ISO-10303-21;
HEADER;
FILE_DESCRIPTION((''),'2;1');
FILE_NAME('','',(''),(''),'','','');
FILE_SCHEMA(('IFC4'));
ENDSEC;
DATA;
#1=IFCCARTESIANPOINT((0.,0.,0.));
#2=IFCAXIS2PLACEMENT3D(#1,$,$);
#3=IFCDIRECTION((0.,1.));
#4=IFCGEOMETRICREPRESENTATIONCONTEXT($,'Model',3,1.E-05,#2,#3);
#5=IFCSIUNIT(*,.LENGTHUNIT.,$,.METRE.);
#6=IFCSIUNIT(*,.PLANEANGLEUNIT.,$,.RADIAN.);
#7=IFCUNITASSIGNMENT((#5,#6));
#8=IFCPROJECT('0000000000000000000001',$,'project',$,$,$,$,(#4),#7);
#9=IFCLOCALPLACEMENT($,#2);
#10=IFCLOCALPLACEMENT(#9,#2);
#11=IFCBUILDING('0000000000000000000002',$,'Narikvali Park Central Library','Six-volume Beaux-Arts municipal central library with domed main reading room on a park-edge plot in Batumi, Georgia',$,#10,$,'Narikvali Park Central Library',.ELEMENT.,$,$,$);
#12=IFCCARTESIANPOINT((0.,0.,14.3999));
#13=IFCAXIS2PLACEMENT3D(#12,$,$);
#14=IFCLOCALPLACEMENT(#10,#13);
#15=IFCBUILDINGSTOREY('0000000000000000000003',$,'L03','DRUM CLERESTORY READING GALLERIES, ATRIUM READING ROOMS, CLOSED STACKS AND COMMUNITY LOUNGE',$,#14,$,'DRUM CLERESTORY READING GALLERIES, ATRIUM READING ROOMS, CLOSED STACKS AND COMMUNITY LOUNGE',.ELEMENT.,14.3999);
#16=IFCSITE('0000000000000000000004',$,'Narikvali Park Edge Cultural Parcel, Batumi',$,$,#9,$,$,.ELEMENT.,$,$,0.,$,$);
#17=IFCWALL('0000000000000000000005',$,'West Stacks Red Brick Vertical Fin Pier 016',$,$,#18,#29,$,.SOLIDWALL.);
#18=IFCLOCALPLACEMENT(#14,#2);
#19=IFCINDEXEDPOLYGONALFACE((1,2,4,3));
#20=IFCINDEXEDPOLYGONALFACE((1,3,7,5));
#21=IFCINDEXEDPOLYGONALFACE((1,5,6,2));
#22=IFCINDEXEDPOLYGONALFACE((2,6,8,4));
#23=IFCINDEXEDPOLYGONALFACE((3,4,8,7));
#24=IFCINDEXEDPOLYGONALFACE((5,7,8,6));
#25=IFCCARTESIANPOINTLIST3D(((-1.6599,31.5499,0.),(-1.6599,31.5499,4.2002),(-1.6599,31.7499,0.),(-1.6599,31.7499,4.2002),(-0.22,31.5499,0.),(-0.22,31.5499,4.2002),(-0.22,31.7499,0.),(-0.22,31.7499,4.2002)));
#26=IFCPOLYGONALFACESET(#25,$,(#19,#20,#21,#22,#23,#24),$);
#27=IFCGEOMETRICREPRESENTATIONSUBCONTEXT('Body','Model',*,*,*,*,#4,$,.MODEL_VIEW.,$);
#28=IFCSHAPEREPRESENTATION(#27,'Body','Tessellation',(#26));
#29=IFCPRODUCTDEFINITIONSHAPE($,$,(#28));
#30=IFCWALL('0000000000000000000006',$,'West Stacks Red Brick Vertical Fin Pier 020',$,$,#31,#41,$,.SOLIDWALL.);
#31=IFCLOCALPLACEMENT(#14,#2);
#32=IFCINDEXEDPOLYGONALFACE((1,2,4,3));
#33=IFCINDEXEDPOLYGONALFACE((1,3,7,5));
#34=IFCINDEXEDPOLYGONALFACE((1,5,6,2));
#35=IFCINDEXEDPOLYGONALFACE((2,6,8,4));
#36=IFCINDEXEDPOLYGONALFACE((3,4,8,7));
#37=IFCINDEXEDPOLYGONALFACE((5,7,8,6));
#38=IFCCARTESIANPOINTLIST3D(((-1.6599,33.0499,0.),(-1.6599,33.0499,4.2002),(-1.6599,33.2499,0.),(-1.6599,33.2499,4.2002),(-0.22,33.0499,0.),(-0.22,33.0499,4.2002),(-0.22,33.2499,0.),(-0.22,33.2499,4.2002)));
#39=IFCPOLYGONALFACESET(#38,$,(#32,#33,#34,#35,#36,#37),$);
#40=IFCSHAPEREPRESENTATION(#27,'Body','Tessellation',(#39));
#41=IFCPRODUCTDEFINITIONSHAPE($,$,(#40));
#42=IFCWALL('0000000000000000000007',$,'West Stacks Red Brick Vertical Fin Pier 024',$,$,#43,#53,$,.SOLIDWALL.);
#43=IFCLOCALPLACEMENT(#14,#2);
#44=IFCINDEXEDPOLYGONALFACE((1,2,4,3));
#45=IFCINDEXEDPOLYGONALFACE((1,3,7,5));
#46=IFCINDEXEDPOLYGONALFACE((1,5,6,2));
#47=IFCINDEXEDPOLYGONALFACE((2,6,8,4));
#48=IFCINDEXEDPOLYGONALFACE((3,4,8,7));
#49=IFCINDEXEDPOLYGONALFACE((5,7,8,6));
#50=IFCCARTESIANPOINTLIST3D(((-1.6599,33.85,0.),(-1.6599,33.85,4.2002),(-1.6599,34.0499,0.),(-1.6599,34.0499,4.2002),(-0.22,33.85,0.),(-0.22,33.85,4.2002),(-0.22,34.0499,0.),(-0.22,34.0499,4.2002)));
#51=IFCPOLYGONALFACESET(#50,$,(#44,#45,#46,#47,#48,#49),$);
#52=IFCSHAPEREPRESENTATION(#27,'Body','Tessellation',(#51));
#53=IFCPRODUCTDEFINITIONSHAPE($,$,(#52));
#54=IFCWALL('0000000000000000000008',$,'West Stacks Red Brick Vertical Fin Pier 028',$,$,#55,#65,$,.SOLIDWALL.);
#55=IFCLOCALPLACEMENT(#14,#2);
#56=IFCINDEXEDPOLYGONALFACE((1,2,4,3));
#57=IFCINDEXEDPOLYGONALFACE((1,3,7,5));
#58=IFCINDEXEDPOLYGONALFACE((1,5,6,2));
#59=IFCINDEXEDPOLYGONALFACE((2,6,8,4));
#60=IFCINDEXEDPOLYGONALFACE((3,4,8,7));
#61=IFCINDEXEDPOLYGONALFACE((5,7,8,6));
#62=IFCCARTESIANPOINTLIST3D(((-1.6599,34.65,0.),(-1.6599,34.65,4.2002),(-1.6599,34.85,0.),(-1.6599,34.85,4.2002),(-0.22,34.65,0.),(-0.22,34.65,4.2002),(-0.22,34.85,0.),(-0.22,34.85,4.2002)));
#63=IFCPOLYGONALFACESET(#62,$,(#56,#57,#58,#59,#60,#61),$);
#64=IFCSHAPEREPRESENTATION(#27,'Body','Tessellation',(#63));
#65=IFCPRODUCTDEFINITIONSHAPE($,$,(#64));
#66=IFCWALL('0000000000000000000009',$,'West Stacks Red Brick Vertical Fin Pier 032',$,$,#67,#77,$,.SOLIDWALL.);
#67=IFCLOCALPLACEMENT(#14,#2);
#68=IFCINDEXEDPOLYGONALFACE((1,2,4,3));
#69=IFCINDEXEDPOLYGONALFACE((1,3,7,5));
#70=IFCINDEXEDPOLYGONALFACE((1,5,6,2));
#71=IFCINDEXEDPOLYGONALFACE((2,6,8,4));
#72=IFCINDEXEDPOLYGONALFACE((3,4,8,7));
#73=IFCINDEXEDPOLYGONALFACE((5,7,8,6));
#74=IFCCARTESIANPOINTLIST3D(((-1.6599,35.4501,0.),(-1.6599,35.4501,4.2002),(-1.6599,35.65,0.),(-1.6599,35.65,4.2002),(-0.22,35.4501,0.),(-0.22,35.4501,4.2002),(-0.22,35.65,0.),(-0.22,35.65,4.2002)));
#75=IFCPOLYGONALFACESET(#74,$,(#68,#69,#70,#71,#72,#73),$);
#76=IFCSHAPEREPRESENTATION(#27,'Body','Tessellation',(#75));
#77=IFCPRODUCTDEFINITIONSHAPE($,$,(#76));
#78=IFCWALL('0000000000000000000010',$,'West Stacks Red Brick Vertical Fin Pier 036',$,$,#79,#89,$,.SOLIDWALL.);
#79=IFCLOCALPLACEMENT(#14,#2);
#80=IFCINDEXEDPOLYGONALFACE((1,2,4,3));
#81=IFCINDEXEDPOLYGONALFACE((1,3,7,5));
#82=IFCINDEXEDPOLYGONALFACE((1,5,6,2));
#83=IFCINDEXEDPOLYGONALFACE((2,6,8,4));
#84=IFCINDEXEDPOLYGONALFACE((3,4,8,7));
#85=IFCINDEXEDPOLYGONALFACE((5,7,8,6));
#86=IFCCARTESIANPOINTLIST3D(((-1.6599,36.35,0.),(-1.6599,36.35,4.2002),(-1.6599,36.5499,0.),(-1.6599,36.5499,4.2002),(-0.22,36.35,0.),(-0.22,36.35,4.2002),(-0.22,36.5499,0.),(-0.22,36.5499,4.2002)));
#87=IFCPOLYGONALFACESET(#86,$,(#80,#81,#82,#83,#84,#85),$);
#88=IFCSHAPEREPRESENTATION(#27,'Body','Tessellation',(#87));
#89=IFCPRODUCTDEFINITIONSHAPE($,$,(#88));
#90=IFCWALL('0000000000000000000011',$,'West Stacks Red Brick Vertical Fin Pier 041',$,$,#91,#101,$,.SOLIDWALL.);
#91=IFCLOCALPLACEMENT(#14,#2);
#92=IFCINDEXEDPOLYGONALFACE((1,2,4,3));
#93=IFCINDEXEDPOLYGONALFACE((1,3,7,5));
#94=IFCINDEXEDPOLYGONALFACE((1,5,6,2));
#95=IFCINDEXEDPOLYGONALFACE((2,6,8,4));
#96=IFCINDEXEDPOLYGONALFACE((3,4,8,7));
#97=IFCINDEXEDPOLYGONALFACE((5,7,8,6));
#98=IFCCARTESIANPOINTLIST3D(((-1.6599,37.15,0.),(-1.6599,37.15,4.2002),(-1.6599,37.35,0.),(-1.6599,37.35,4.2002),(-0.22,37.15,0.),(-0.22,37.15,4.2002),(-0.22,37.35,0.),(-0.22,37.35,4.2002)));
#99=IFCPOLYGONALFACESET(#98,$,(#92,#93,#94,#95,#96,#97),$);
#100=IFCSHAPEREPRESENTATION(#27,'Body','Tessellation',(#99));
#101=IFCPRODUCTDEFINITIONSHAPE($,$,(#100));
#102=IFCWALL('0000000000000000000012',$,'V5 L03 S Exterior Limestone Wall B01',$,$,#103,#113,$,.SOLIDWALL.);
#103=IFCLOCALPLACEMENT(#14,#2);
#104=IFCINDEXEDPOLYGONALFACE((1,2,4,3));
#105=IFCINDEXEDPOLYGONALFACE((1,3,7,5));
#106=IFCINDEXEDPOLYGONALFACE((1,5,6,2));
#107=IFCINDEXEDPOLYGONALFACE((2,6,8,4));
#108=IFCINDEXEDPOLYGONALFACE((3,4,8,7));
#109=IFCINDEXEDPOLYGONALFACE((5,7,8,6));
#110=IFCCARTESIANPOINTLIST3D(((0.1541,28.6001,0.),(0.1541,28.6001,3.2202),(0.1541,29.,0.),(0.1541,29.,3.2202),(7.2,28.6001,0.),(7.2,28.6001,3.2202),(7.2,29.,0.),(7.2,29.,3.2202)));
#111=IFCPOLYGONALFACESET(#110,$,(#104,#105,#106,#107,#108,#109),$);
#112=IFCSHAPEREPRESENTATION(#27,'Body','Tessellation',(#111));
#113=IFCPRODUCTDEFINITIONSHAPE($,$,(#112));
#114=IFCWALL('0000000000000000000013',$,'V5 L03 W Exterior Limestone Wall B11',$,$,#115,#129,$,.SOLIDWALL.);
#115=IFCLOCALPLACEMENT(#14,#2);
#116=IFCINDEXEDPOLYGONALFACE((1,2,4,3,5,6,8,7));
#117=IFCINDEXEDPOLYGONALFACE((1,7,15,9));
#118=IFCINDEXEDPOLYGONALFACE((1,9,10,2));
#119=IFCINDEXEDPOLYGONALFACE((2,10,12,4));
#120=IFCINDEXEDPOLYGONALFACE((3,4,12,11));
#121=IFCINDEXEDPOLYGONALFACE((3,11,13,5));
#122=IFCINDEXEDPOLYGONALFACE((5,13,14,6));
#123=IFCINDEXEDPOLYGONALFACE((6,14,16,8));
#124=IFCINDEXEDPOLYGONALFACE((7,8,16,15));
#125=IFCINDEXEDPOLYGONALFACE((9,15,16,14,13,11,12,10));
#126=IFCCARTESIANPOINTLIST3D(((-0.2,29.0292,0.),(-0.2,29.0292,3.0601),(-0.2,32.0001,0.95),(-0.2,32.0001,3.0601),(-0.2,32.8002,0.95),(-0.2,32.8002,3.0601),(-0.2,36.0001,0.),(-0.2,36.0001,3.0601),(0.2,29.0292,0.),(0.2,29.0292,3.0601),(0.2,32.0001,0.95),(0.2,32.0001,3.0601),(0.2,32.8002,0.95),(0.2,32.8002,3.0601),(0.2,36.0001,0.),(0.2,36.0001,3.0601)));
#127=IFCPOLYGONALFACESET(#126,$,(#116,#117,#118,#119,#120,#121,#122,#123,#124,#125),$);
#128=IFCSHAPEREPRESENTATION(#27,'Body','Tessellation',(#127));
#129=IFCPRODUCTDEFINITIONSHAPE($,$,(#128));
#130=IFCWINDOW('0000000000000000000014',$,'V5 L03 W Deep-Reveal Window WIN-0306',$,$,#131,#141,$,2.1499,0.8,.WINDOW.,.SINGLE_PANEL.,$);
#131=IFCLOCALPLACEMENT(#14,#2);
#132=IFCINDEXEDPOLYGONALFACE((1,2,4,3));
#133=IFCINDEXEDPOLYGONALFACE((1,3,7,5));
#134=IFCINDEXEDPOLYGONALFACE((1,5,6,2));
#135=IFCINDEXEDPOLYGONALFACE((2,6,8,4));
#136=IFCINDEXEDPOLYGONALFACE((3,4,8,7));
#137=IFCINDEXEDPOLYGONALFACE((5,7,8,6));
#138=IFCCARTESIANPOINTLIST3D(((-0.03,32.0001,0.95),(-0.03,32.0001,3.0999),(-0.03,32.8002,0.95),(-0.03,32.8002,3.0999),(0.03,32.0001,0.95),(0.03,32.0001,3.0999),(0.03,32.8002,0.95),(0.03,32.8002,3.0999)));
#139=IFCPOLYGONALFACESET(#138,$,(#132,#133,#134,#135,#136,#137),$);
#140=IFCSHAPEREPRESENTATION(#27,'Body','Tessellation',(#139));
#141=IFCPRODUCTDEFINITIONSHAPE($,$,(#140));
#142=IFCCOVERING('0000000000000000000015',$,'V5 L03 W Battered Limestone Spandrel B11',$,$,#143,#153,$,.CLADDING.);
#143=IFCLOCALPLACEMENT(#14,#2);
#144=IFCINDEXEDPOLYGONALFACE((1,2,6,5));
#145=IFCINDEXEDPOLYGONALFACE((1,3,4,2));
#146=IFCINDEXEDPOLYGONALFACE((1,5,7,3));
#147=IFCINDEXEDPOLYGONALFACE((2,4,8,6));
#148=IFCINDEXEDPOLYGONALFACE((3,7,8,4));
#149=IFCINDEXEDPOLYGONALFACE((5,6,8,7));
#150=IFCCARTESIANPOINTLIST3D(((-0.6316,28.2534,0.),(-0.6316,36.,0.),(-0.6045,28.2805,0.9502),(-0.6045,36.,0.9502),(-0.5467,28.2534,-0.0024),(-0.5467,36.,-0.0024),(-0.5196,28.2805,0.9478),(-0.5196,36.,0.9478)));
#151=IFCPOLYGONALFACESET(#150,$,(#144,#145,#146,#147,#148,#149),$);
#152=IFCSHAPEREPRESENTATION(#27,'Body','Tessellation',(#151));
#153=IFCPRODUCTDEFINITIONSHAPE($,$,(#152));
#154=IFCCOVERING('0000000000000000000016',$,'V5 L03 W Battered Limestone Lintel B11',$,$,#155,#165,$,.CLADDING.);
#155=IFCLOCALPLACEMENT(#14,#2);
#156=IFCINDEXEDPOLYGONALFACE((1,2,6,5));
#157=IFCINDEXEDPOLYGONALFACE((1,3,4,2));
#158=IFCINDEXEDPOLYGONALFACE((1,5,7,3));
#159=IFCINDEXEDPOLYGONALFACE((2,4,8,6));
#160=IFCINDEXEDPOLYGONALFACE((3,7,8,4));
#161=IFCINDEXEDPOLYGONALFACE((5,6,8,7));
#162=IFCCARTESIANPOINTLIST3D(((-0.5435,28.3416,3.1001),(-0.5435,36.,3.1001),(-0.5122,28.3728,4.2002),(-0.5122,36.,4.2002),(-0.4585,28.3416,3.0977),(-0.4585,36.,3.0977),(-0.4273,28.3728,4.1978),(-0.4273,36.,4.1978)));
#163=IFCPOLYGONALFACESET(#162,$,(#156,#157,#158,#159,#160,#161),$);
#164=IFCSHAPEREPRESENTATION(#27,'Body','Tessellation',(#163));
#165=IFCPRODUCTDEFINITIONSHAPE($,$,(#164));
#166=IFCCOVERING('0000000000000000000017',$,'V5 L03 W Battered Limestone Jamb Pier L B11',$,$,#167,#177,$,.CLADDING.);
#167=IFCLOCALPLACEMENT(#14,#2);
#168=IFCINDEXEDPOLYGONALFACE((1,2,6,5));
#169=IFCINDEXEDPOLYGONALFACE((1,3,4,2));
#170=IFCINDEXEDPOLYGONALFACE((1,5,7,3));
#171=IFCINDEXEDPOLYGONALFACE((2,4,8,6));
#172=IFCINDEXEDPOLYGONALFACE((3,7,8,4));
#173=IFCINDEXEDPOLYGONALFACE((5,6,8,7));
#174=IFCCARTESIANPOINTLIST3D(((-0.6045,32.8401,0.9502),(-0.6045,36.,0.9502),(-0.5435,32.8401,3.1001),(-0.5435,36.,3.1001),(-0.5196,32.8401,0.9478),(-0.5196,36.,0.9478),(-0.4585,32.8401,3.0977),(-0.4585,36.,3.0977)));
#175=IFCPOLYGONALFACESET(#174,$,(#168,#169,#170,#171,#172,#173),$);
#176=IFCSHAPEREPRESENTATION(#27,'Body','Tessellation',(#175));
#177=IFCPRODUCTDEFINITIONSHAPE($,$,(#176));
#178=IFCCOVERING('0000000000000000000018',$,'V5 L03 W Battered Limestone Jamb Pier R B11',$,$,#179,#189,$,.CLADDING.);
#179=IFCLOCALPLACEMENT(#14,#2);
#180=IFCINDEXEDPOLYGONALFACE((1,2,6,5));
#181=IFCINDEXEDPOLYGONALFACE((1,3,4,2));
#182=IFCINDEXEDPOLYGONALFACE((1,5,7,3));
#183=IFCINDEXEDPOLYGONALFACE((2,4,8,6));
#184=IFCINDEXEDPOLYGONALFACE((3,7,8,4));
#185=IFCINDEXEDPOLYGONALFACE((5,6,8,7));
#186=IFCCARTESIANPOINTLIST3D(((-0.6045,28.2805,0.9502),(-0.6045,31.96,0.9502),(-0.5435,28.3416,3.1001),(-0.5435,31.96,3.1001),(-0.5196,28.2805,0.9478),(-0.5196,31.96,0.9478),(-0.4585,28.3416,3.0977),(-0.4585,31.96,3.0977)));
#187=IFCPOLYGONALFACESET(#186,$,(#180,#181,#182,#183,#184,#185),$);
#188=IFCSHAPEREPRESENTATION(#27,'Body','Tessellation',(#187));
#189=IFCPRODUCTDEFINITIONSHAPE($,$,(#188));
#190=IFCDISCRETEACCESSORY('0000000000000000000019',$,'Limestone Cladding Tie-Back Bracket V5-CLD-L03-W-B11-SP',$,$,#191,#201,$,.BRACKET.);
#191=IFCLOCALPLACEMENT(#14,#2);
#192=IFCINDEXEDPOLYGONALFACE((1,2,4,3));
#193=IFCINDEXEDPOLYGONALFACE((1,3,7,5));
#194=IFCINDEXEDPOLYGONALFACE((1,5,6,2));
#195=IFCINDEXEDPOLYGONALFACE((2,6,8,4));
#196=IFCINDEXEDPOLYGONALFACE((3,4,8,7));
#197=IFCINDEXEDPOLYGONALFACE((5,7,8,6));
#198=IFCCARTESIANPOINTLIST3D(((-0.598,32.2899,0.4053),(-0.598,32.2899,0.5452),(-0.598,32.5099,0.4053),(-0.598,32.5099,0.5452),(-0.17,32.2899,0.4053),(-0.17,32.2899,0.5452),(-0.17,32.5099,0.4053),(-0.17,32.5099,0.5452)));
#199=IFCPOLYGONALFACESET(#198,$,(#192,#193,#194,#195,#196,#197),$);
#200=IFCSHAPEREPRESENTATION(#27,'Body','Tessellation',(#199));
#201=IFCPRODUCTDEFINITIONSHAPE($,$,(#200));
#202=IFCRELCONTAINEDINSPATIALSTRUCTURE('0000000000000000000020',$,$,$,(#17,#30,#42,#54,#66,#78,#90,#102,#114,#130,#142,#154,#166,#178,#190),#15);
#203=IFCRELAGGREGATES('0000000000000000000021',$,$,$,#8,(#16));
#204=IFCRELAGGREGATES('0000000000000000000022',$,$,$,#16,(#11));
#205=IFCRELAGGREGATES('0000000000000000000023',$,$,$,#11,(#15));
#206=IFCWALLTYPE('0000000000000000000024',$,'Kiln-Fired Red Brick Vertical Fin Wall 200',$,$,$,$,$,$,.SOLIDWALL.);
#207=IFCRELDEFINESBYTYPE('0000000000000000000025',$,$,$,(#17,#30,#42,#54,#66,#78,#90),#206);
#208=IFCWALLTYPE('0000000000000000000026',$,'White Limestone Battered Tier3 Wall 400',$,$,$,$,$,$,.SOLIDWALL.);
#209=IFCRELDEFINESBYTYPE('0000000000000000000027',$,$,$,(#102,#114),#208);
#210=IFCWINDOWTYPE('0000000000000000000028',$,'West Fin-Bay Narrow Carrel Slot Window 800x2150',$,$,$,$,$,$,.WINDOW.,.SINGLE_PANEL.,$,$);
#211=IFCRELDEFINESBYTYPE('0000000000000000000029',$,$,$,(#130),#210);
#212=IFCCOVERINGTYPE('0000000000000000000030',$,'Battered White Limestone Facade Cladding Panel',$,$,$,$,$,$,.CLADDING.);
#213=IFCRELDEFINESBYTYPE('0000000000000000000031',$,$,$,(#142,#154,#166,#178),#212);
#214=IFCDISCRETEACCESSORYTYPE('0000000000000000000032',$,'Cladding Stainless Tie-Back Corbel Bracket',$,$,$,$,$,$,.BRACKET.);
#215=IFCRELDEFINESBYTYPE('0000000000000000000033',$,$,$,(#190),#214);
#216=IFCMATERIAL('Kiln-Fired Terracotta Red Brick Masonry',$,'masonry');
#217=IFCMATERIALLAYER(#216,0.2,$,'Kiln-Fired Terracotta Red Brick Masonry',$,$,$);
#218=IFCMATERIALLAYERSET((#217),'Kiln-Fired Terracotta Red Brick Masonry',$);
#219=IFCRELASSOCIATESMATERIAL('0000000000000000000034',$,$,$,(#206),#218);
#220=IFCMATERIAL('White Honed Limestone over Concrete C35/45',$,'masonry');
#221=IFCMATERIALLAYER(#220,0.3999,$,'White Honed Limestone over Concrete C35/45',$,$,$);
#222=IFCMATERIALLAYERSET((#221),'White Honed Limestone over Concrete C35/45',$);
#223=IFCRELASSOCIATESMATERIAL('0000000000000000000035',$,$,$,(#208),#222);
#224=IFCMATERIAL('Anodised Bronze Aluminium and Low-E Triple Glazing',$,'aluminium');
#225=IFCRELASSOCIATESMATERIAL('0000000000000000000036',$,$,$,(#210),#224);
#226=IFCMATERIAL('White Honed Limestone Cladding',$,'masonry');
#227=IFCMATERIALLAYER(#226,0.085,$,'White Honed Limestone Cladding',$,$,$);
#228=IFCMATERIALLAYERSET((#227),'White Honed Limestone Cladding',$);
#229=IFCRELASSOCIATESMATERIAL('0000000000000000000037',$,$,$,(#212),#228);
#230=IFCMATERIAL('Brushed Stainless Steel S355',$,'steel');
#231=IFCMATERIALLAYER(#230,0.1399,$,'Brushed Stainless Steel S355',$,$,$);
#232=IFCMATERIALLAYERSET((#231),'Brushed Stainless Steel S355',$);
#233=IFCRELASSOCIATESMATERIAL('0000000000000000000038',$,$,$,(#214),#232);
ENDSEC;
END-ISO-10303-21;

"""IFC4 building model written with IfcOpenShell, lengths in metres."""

from ifc_helpers import new_model, si_unit, direction, frame, frame_2d, origin, origin_2d, place, context, subcontext, project, spatial, polyline, rectangle, outline, extrude, material, layer, layer_set, type_object, element, fill, save


model = new_model("IFC4")

# Units and contexts
model_context = context("Model", 3, precision=1e-05, world=origin(), true_north=direction((0.0, 1.0)))
body_context = subcontext(model_context, "Body", "Model", "MODEL_VIEW")
ifc_project = project(units=[si_unit("LENGTHUNIT", "METRE"), si_unit("PLANEANGLEUNIT", "RADIAN")], contexts=[model_context])

# Site, building, storey
site_placement = place(None, origin())
site = spatial("IfcSite", under=ifc_project, at=site_placement, Name="Narikvali Park Edge Cultural Parcel, Batumi", CompositionType="ELEMENT", RefElevation=0.0)
building_placement = place(site_placement, origin())
building = spatial("IfcBuilding", under=site, at=building_placement, Name="Narikvali Park Central Library", Description="Six-volume Beaux-Arts municipal central library with domed main reading room on a park-edge plot in Batumi, Georgia", LongName="Narikvali Park Central Library", CompositionType="ELEMENT")
storey_placement = place(building_placement, frame((0.0, 0.0, 14.3999)))
storey = spatial("IfcBuildingStorey", under=building, at=storey_placement, Name="L03", Description="DRUM CLERESTORY READING GALLERIES, ATRIUM READING ROOMS, CLOSED STACKS AND COMMUNITY LOUNGE", LongName="DRUM CLERESTORY READING GALLERIES, ATRIUM READING ROOMS, CLOSED STACKS AND COMMUNITY LOUNGE", CompositionType="ELEMENT", Elevation=14.3999)

# Walls
ifc_material_1 = material(Name="Kiln-Fired Terracotta Red Brick Masonry", Category="masonry")
ifc_layer_1 = layer(ifc_material_1, 0.2, Name="Kiln-Fired Terracotta Red Brick Masonry")
ifc_layer_set_1 = layer_set([ifc_layer_1], Name="Kiln-Fired Terracotta Red Brick Masonry")
wall_type_1 = type_object("IfcWallType", Name="Kiln-Fired Red Brick Vertical Fin Wall 200", PredefinedType="SOLIDWALL", material=ifc_layer_set_1)
for number, where, z_axis, x_axis, name in (
    (1, (-1.6599, 31.6499, 0.0), (0.0, 0.0, 1.0), (1.0, 0.0, 0.0), "West Stacks Red Brick Vertical Fin Pier 016"),
    (2, (-1.6599, 33.1499, 0.0), (0.0, 0.0, 1.0), (1.0, 0.0, 0.0), "West Stacks Red Brick Vertical Fin Pier 020"),
    (3, (-1.6599, 33.95, 0.0), (0.0, 0.0, 1.0), (1.0, 0.0, 0.0), "West Stacks Red Brick Vertical Fin Pier 024"),
    (4, (-1.6599, 34.75, 0.0), (0.0, 0.0, 1.0), (1.0, 0.0, 0.0), "West Stacks Red Brick Vertical Fin Pier 028"),
    (5, (-1.6599, 35.55, 0.0), (0.0, 0.0, 1.0), (1.0, 0.0, 0.0), "West Stacks Red Brick Vertical Fin Pier 032"),
    (6, (-1.6599, 36.45, 0.0), (0.0, 0.0, 1.0), (1.0, 0.0, 0.0), "West Stacks Red Brick Vertical Fin Pier 036"),
    (7, (-1.6599, 37.25, 0.0), (0.0, 0.0, 1.0), (1.0, 0.0, 0.0), "West Stacks Red Brick Vertical Fin Pier 041"),
):
    element("IfcWall", number, at=place(storey_placement, frame(where, z_axis=z_axis, x_axis=x_axis)), inside=storey, type_object=wall_type_1, Name=name, PredefinedType="SOLIDWALL", context=body_context, shape_type="SweptSolid", body=[
        extrude(rectangle(XDim=1.4399, YDim=0.2, at=frame_2d((0.72, 0.0))), origin(), (0.0, 0.0, 1.0), 4.2002),
    ])
ifc_material_2 = material(Name="White Honed Limestone over Concrete C35/45", Category="masonry")
ifc_layer_2 = layer(ifc_material_2, 0.3999, Name="White Honed Limestone over Concrete C35/45")
ifc_layer_set_2 = layer_set([ifc_layer_2], Name="White Honed Limestone over Concrete C35/45")
wall_type_2 = type_object("IfcWallType", Name="White Limestone Battered Tier3 Wall 400", PredefinedType="SOLIDWALL", material=ifc_layer_set_2)
wall_1_placement = place(storey_placement, frame((0.1541, 28.8, 0.0), z_axis=(0.0, 0.0, 1.0), x_axis=(1.0, 0.0, 0.0)))
element("IfcWall", 8, at=wall_1_placement, inside=storey, type_object=wall_type_2, Name="V5 L03 S Exterior Limestone Wall B01", PredefinedType="SOLIDWALL", context=body_context, shape_type="SweptSolid", body=[
    extrude(rectangle(XDim=7.0459, YDim=0.3999, at=frame_2d((3.5229, 0.0))), origin(), (0.0, 0.0, 1.0), 3.2202),
])

# Wall, opening, window
wall_2_placement = place(storey_placement, frame((0.0, 36.0, 0.0), z_axis=(0.0, 0.0, 1.0), x_axis=(0.0, -1.0, 0.0)))
wall_2 = element("IfcWall", 9, at=wall_2_placement, inside=storey, type_object=wall_type_2, Name="V5 L03 W Exterior Limestone Wall B11", PredefinedType="SOLIDWALL", context=body_context, shape_type="SweptSolid", body=[
    extrude(rectangle(XDim=6.9709, YDim=0.3999, at=frame_2d((3.4854, 0.0))), origin(), (0.0, 0.0, 1.0), 3.0601),
])
opening_placement = place(wall_2_placement, frame((3.2, 0.0, 0.95)))
opening = element("IfcOpeningElement", 10, at=opening_placement, cuts=wall_2, PredefinedType="OPENING", context=body_context, shape_type="SweptSolid", body=[
    extrude(rectangle(XDim=0.8, YDim=2.1499, at=frame_2d((0.3999, 1.075))), frame((0.0, 0.2119, 0.0), z_axis=(0.0, -1.0, 0.0), x_axis=(1.0, 0.0, 0.0)), (0.0, 0.0, 1.0), 0.4238),
])
ifc_material_3 = material(Name="Anodised Bronze Aluminium and Low-E Triple Glazing", Category="aluminium")
window_type = type_object("IfcWindowType", Name="West Fin-Bay Narrow Carrel Slot Window 800x2150", PartitioningType="SINGLE_PANEL", PredefinedType="WINDOW", material=ifc_material_3)
window_placement = place(opening_placement, origin())
window = element("IfcWindow", 11, at=window_placement, inside=storey, type_object=window_type, Name="V5 L03 W Deep-Reveal Window WIN-0306", OverallHeight=2.1499, OverallWidth=0.8, PartitioningType="SINGLE_PANEL", PredefinedType="WINDOW", context=body_context, shape_type="SweptSolid", body=[
    extrude(rectangle(XDim=0.8, YDim=2.1499, at=frame_2d((0.3999, 1.075))), frame((0.0, 0.03, 0.0), z_axis=(0.0, -1.0, 0.0), x_axis=(1.0, 0.0, 0.0)), (0.0, 0.0, 1.0), 0.0601),
])
fill(opening, window)

# Coverings
ifc_material_4 = material(Name="White Honed Limestone Cladding", Category="masonry")
ifc_layer_3 = layer(ifc_material_4, 0.085, Name="White Honed Limestone Cladding")
ifc_layer_set_3 = layer_set([ifc_layer_3], Name="White Honed Limestone Cladding")
covering_type = type_object("IfcCoveringType", Name="Battered White Limestone Facade Cladding Panel", PredefinedType="CLADDING", material=ifc_layer_set_3)
covering_1_placement = place(storey_placement, frame((-0.6316, 36.0, 0.0), z_axis=(-0.999594, 0.0, 0.028508), x_axis=(0.0, -1.0, 0.0)))
element("IfcCovering", 12, at=covering_1_placement, inside=storey, type_object=covering_type, Name="V5 L03 W Battered Limestone Spandrel B11", PredefinedType="CLADDING", context=body_context, shape_type="SweptSolid", body=[
    extrude(outline(polyline([(0.0, 0.0), (7.7466, 0.0), (7.7195, 0.9506), (0.0, 0.9506), (0.0, 0.0)])), origin(), (0.0, 0.0, -1.0), 0.085),
])
covering_2_placement = place(storey_placement, frame((-0.5435, 36.0, 3.1001), z_axis=(-0.999597, 0.0, 0.028395), x_axis=(0.0, -1.0, 0.0)))
element("IfcCovering", 13, at=covering_2_placement, inside=storey, type_object=covering_type, Name="V5 L03 W Battered Limestone Lintel B11", PredefinedType="CLADDING", context=body_context, shape_type="SweptSolid", body=[
    extrude(outline(polyline([(0.0, 0.0), (7.6584, 0.0), (7.6272, 1.1005), (0.0, 1.1005), (0.0, 0.0)])), origin(), (0.0, 0.0, -1.0), 0.085),
])
covering_3_placement = place(storey_placement, frame((-0.6045, 36.0, 0.9502), z_axis=(-0.999597, 0.0, 0.028378), x_axis=(0.0, -1.0, 0.0)))
element("IfcCovering", 14, at=covering_3_placement, inside=storey, type_object=covering_type, Name="V5 L03 W Battered Limestone Jamb Pier L B11", PredefinedType="CLADDING", context=body_context, shape_type="SweptSolid", body=[
    extrude(outline(polyline([(0.0, 0.0), (3.1599, 0.0), (3.1599, 2.1508), (0.0, 2.1508), (0.0, 0.0)])), origin(), (0.0, 0.0, -1.0), 0.085),
])
covering_4_placement = place(storey_placement, frame((-0.6045, 31.96, 0.9502), z_axis=(-0.999597, 0.0, 0.028378), x_axis=(0.0, -1.0, 0.0)))
element("IfcCovering", 15, at=covering_4_placement, inside=storey, type_object=covering_type, Name="V5 L03 W Battered Limestone Jamb Pier R B11", PredefinedType="CLADDING", context=body_context, shape_type="SweptSolid", body=[
    extrude(outline(polyline([(0.0, 0.0), (3.6794, 0.0), (3.6184, 2.1508), (0.0, 2.1508), (0.0, 0.0)])), origin(), (0.0, 0.0, -1.0), 0.085),
])

# Discrete accessory
ifc_material_5 = material(Name="Brushed Stainless Steel S355", Category="steel")
ifc_layer_4 = layer(ifc_material_5, 0.1399, Name="Brushed Stainless Steel S355")
ifc_layer_set_4 = layer_set([ifc_layer_4], Name="Brushed Stainless Steel S355")
discrete_accessory_type = type_object("IfcDiscreteAccessoryType", Name="Cladding Stainless Tie-Back Corbel Bracket", PredefinedType="BRACKET", material=ifc_layer_set_4)
discrete_accessory_1_placement = place(storey_placement, frame((-0.384, 32.3999, 0.4053), z_axis=(0.0, 0.0, 1.0), x_axis=(1.0, 0.0, 0.0)))
element("IfcDiscreteAccessory", 16, at=discrete_accessory_1_placement, inside=storey, type_object=discrete_accessory_type, Name="Limestone Cladding Tie-Back Bracket V5-CLD-L03-W-B11-SP", PredefinedType="BRACKET", context=body_context, shape_type="SweptSolid", body=[
    extrude(rectangle(XDim=0.428, YDim=0.22, at=origin_2d()), origin(), (0.0, 0.0, 1.0), 0.1399),
])

save(model, "model.ifc")
